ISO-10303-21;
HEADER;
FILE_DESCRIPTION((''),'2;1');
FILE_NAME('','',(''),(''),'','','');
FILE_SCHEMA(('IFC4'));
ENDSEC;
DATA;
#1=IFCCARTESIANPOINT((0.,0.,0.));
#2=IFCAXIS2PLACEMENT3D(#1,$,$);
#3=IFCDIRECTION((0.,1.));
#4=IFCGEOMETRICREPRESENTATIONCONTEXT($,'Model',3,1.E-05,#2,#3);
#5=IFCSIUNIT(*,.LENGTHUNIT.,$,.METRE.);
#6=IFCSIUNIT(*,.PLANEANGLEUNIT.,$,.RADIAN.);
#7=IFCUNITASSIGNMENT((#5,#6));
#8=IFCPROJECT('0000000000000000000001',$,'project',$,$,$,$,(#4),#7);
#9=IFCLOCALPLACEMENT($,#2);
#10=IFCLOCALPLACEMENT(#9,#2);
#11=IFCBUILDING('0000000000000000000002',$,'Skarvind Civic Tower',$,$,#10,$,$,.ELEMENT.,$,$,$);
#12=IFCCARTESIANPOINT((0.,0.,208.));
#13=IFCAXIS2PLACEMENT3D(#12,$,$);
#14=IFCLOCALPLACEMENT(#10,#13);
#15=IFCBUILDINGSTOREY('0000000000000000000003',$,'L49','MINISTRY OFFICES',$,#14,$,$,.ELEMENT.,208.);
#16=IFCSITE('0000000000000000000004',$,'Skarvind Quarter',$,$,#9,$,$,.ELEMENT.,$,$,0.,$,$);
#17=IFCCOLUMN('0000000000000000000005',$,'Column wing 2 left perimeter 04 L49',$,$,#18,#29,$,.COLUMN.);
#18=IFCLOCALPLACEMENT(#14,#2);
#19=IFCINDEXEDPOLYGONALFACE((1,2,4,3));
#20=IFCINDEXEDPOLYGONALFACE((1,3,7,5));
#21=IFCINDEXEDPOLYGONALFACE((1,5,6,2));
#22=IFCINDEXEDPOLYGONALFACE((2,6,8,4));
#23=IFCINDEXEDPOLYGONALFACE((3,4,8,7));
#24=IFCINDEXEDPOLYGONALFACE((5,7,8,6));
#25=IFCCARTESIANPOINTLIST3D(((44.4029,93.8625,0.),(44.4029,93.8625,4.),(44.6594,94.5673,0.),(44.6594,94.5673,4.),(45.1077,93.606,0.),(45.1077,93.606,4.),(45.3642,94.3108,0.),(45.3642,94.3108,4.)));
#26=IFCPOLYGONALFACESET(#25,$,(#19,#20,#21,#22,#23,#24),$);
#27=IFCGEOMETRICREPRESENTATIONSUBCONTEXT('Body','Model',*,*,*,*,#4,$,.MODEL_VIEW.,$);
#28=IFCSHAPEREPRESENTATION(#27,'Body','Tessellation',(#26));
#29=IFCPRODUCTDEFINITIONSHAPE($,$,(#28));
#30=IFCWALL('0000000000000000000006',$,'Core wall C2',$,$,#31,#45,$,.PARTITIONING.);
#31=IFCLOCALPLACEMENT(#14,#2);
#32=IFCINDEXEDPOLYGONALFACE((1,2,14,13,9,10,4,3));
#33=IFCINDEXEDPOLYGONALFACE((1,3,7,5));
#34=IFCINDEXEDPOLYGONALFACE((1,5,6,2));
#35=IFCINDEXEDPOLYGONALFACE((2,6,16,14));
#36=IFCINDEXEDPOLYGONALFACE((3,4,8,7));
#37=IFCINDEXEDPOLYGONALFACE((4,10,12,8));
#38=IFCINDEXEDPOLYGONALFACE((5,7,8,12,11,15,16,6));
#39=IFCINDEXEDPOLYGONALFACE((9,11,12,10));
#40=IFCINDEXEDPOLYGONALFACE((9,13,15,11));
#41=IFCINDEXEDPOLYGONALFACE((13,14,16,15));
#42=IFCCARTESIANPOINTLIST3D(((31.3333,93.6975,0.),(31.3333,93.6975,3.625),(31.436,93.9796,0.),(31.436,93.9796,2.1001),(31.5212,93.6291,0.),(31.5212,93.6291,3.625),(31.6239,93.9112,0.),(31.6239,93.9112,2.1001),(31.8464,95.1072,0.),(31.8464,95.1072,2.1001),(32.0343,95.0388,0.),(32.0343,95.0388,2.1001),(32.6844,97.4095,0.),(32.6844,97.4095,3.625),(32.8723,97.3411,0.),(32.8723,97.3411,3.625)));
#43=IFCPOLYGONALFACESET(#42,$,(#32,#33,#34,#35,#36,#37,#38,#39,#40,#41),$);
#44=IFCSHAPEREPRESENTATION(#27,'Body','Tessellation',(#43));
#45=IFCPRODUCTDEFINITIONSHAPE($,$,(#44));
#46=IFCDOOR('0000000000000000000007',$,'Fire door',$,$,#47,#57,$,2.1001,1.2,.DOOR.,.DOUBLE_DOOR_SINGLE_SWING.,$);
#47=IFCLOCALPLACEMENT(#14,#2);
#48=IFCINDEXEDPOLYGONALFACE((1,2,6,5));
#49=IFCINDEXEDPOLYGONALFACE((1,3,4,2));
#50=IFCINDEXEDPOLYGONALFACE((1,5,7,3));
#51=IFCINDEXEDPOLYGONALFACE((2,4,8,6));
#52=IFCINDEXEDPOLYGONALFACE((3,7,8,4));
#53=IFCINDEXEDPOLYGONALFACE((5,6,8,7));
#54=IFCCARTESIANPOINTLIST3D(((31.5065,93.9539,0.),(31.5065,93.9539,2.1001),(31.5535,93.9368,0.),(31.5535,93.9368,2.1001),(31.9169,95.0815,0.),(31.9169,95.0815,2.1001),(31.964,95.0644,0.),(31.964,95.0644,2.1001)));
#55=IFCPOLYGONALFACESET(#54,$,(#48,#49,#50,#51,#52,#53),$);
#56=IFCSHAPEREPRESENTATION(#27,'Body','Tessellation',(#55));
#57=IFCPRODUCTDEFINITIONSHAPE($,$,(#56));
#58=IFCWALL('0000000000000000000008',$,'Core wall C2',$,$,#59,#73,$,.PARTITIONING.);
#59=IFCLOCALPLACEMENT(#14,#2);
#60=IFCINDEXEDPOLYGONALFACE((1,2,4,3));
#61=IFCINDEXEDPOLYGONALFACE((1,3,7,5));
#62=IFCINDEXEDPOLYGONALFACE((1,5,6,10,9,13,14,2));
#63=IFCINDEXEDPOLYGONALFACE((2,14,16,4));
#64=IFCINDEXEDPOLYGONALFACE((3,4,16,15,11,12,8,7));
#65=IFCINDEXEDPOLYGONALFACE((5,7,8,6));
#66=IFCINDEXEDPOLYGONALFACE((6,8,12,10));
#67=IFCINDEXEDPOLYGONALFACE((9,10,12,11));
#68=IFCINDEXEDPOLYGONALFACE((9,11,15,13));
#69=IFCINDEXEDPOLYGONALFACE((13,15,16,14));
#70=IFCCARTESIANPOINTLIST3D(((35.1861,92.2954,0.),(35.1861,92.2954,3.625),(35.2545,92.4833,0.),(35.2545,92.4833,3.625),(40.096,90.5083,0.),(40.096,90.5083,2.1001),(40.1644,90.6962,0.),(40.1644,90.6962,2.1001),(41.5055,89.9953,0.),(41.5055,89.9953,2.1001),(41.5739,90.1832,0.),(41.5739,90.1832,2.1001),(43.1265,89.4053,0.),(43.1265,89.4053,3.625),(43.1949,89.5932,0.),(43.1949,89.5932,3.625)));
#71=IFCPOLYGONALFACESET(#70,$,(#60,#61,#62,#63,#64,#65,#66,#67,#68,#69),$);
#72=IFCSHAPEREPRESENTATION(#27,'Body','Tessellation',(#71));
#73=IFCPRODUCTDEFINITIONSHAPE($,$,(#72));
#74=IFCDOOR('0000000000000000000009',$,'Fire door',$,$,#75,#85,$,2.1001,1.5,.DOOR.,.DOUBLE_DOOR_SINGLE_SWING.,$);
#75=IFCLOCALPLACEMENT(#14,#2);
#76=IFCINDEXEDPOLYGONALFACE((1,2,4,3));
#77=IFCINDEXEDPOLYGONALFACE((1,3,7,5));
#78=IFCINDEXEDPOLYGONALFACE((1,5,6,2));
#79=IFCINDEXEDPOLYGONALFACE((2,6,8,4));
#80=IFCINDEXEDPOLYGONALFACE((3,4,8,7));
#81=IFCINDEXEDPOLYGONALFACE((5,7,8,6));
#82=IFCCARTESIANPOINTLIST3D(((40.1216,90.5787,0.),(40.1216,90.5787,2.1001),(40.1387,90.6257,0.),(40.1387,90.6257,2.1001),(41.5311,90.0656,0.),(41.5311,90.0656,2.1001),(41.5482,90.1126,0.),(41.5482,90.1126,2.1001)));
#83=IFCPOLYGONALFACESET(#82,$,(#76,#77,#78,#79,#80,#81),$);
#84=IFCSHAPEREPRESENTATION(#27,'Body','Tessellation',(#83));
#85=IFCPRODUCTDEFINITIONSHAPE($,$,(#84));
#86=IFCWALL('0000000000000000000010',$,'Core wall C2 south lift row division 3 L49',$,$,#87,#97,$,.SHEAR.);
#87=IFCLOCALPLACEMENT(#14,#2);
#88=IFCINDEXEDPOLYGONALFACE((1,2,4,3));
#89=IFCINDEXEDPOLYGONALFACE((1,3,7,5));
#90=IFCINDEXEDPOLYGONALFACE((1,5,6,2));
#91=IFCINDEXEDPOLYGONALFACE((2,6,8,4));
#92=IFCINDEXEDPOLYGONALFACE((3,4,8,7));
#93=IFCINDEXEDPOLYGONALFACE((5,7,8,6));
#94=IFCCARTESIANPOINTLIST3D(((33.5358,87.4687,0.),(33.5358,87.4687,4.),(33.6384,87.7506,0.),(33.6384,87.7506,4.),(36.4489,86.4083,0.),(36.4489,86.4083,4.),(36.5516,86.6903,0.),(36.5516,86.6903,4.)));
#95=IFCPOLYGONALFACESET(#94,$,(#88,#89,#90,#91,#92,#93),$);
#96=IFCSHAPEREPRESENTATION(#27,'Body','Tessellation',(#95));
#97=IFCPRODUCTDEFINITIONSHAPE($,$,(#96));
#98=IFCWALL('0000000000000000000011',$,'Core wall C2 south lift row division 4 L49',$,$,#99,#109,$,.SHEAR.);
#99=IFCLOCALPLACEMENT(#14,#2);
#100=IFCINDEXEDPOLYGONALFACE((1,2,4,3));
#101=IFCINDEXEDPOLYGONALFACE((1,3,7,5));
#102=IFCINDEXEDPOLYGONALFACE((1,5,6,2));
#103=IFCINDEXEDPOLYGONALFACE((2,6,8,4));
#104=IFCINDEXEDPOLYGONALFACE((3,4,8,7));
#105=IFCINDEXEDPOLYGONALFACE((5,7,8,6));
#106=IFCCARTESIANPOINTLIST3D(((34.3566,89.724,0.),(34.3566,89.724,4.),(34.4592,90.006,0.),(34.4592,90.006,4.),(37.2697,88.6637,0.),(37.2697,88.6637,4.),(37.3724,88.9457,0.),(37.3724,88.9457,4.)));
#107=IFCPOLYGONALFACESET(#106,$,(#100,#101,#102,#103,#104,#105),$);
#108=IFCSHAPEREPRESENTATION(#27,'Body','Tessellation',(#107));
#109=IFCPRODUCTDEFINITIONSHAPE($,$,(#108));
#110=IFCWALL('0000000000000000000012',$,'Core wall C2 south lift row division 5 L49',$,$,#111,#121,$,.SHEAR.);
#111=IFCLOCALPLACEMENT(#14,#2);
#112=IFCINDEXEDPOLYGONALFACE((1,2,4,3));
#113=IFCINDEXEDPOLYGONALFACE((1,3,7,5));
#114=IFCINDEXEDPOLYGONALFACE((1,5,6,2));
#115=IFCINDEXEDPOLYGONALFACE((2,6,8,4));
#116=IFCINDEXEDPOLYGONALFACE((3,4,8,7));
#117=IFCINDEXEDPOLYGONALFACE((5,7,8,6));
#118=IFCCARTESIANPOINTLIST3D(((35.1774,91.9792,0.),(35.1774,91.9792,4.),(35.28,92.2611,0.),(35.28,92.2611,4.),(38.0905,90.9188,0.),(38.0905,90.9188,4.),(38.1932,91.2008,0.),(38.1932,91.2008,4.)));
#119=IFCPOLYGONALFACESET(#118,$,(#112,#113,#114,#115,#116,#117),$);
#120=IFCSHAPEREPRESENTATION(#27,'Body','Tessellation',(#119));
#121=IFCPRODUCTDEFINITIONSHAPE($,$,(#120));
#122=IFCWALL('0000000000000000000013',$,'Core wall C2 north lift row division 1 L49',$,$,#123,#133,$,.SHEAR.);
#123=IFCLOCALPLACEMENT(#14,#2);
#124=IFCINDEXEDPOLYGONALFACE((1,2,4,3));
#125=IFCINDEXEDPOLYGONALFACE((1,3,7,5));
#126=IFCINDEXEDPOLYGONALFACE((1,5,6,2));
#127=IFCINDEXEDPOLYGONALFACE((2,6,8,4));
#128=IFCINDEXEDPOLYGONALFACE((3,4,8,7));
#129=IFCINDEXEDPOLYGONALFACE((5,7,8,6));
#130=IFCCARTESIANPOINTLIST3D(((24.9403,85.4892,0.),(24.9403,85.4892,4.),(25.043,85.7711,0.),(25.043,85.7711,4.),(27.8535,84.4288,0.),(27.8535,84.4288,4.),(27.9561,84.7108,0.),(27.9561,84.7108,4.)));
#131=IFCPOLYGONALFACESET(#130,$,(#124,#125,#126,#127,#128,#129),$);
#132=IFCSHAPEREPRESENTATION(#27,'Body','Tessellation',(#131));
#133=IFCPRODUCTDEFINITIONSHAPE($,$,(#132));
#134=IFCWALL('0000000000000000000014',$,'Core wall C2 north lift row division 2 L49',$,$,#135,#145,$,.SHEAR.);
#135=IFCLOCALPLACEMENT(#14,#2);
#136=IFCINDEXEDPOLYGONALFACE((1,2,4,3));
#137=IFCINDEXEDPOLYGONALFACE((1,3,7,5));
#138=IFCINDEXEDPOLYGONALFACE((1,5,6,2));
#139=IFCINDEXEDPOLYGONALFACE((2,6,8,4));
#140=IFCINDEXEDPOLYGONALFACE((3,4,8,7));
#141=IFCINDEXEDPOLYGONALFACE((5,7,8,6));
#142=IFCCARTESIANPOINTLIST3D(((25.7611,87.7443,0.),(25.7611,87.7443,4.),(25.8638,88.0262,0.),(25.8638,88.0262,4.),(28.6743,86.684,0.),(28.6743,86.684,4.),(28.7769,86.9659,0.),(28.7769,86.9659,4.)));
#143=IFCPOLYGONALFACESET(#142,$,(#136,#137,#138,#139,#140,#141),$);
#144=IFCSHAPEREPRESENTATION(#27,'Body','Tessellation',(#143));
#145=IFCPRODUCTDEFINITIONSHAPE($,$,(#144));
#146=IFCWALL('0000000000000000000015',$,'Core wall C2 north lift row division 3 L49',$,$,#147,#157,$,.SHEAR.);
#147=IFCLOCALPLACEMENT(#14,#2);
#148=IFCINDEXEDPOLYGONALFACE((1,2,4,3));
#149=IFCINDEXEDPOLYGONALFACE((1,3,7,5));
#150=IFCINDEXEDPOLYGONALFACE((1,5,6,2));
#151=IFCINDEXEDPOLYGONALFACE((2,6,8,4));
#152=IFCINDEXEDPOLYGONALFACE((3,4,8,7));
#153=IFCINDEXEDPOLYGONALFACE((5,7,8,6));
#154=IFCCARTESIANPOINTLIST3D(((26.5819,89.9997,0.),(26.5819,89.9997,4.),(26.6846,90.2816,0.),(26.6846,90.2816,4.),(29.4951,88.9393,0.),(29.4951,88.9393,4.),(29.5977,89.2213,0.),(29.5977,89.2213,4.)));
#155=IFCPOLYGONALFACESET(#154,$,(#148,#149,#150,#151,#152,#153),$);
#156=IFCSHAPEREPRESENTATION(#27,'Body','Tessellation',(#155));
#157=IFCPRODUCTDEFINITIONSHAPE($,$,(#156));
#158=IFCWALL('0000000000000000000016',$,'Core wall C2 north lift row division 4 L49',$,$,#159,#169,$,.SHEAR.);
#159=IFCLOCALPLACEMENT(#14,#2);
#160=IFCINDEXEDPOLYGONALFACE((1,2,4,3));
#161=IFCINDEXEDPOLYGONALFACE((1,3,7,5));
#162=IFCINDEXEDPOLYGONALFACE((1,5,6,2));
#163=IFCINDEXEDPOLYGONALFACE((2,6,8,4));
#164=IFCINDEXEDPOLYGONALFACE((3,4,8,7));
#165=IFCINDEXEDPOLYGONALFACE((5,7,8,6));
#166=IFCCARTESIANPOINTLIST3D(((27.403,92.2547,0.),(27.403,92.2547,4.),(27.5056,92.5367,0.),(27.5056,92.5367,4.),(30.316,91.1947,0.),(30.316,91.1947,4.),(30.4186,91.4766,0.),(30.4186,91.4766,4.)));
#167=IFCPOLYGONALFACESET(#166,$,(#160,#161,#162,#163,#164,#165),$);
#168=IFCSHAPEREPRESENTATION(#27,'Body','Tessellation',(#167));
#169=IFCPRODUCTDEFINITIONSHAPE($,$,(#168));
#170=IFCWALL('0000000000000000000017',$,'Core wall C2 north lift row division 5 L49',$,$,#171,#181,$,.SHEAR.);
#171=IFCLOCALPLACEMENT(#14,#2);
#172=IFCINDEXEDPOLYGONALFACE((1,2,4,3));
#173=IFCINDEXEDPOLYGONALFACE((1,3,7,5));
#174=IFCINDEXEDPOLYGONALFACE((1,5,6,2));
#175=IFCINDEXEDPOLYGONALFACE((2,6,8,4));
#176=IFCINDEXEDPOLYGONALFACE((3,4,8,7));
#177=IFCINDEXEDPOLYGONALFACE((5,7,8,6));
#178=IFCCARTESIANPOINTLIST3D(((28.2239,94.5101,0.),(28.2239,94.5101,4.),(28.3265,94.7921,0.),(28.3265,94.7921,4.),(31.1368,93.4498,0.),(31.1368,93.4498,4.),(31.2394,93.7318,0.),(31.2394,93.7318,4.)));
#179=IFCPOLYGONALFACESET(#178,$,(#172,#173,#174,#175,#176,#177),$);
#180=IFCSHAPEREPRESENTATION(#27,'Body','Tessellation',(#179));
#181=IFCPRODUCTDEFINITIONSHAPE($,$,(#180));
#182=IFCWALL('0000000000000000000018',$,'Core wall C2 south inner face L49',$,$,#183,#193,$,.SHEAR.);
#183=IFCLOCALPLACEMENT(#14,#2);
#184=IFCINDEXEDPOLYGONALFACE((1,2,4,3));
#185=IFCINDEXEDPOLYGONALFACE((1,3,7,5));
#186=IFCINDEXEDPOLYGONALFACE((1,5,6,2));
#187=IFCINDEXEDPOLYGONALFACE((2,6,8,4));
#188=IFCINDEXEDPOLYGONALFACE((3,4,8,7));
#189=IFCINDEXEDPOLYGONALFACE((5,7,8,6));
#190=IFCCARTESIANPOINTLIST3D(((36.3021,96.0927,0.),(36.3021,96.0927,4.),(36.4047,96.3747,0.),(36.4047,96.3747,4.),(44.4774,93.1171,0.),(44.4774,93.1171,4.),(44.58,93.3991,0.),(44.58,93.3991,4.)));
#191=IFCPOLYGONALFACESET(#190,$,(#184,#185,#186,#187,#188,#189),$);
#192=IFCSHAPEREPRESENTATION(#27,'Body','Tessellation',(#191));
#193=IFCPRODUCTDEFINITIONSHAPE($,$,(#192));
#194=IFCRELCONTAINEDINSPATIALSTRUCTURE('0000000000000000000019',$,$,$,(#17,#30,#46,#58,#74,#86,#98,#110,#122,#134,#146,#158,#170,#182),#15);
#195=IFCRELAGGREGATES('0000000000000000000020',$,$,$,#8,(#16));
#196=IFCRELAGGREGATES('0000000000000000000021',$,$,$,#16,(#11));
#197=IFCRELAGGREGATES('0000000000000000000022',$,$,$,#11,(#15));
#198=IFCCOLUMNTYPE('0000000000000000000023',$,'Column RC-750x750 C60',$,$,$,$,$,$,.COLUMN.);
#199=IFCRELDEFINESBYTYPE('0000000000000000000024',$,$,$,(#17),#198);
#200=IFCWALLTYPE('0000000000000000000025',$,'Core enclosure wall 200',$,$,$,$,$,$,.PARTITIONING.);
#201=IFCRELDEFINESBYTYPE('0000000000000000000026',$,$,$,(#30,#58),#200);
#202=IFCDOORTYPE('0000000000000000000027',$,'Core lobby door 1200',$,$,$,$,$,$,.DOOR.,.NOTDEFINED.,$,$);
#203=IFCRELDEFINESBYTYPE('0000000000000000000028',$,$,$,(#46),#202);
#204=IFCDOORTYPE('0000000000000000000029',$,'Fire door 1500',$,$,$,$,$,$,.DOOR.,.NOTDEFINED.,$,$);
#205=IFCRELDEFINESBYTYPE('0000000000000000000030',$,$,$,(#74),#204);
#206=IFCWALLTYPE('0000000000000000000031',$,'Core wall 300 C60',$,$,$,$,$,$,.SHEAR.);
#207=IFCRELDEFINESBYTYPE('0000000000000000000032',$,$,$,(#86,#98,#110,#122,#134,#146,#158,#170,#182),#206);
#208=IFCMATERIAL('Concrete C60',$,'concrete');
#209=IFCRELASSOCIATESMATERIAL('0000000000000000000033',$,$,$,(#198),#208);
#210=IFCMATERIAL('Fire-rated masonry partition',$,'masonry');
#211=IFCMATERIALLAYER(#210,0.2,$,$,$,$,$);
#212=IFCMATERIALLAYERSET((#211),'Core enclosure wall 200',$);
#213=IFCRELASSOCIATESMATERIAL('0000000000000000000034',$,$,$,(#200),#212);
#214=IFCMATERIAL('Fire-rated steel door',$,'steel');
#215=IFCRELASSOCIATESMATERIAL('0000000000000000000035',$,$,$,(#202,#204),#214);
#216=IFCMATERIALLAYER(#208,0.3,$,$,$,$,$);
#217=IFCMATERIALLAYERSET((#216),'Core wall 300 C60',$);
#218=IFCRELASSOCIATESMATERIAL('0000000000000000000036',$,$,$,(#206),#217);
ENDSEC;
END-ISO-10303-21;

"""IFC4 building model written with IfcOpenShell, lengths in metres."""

from ifc_helpers import new_model, si_unit, direction, frame, frame_2d, origin, origin_2d, place, context, subcontext, project, spatial, rectangle, extrude, material, layer, layer_set, material_profile, profile_set, type_object, element, fill, save


model = new_model("IFC4")

# Units and contexts
model_context = context("Model", 3, precision=1e-05, world=origin(), true_north=direction((0.0, 1.0)))
body_context = subcontext(model_context, "Body", "Model", "MODEL_VIEW")
ifc_project = project(units=[si_unit("LENGTHUNIT", "METRE"), si_unit("PLANEANGLEUNIT", "RADIAN")], contexts=[model_context])

# Site, building, storey
site_placement = place(None, origin())
site = spatial("IfcSite", under=ifc_project, at=site_placement, Name="Skarvind Quarter", CompositionType="ELEMENT", RefElevation=0.0)
building_placement = place(site_placement, origin())
building = spatial("IfcBuilding", under=site, at=building_placement, Name="Skarvind Civic Tower", CompositionType="ELEMENT")
storey_placement = place(building_placement, frame((0.0, 0.0, 208.0)))
storey = spatial("IfcBuildingStorey", under=building, at=storey_placement, Name="L49", Description="MINISTRY OFFICES", CompositionType="ELEMENT", Elevation=208.0)

# Column
ifc_material_1 = material(Name="Concrete C60", Category="concrete")
ifc_material_profile = material_profile(ifc_material_1, rectangle(XDim=0.75, YDim=0.75, at=origin_2d()), Name="RC-750x750")
ifc_profile_set = profile_set([ifc_material_profile], Name="Concrete C60")
column_type = type_object("IfcColumnType", Name="Column RC-750x750 C60", PredefinedType="COLUMN", material=ifc_profile_set)
column_placement = place(storey_placement, frame((44.8835, 94.0867, 0.0), z_axis=(0.0, 0.0, 1.0), x_axis=(-0.34202, -0.939693, 0.0)))
element("IfcColumn", 1, at=column_placement, inside=storey, type_object=column_type, Name="Column wing 2 left perimeter 04 L49", PredefinedType="COLUMN", context=body_context, shape_type="SweptSolid", body=[
    extrude(rectangle(XDim=0.75, YDim=0.75, at=origin_2d()), origin(), (0.0, 0.0, 1.0), 4.0),
])

# Walls, openings, doors
ifc_material_2 = material(Name="Fire-rated masonry partition", Category="masonry")
ifc_layer_1 = layer(ifc_material_2, 0.2)
ifc_layer_set_1 = layer_set([ifc_layer_1], Name="Core enclosure wall 200")
wall_type_1 = type_object("IfcWallType", Name="Core enclosure wall 200", PredefinedType="PARTITIONING", material=ifc_layer_set_1)
wall_1_placement = place(storey_placement, frame((31.4272, 93.6633, 0.0), z_axis=(0.0, 0.0, 1.0), x_axis=(0.342031, 0.939689, 0.0)))
wall_1 = element("IfcWall", 2, at=wall_1_placement, inside=storey, type_object=wall_type_1, Name="Core wall C2", PredefinedType="PARTITIONING", context=body_context, shape_type="SweptSolid", body=[
    extrude(rectangle(XDim=3.9502, YDim=0.2, at=frame_2d((1.9751, 0.0))), origin(), (0.0, 0.0, 1.0), 3.625),
])
opening_1_placement = place(wall_1_placement, frame((0.3, 0.0, 0.0)))
opening_1 = element("IfcOpeningElement", 3, at=opening_1_placement, cuts=wall_1, PredefinedType="OPENING", context=body_context, shape_type="SweptSolid", body=[
    extrude(rectangle(XDim=1.2, YDim=2.1001, at=frame_2d((0.6001, 1.05))), frame((0.0, 0.1099, 0.0), z_axis=(0.0, -1.0, 0.0), x_axis=(1.0, 0.0, 0.0)), (0.0, 0.0, 1.0), 0.22),
])
ifc_material_3 = material(Name="Fire-rated steel door", Category="steel")
door_type_1 = type_object("IfcDoorType", Name="Core lobby door 1200", OperationType="NOTDEFINED", PredefinedType="DOOR", material=ifc_material_3)
door_1_placement = place(opening_1_placement, origin())
door_1 = element("IfcDoor", 4, at=door_1_placement, inside=storey, type_object=door_type_1, Name="Fire door", OperationType="DOUBLE_DOOR_SINGLE_SWING", OverallHeight=2.1001, OverallWidth=1.2, PredefinedType="DOOR", context=body_context, shape_type="SweptSolid", body=[
    extrude(rectangle(XDim=1.2, YDim=2.1001, at=frame_2d((0.6001, 1.05))), frame((0.0, 0.0249, 0.0), z_axis=(0.0, -1.0, 0.0), x_axis=(1.0, 0.0, 0.0)), (0.0, 0.0, 1.0), 0.05),
])
fill(opening_1, door_1)
wall_2_placement = place(storey_placement, frame((35.2202, 92.3894, 0.0), z_axis=(0.0, 0.0, 1.0), x_axis=(0.93969, -0.342026, 0.0)))
wall_2 = element("IfcWall", 5, at=wall_2_placement, inside=storey, type_object=wall_type_1, Name="Core wall C2", PredefinedType="PARTITIONING", context=body_context, shape_type="SweptSolid", body=[
    extrude(rectangle(XDim=8.45, YDim=0.2, at=frame_2d((4.2251, 0.0))), origin(), (0.0, 0.0, 1.0), 3.625),
])
opening_2_placement = place(wall_2_placement, frame((5.2251, 0.0, 0.0)))
opening_2 = element("IfcOpeningElement", 6, at=opening_2_placement, cuts=wall_2, PredefinedType="OPENING", context=body_context, shape_type="SweptSolid", body=[
    extrude(rectangle(XDim=1.5, YDim=2.1001, at=frame_2d((0.75, 1.05))), frame((0.0, 0.1099, 0.0), z_axis=(0.0, -1.0, 0.0), x_axis=(1.0, 0.0, 0.0)), (0.0, 0.0, 1.0), 0.22),
])
door_type_2 = type_object("IfcDoorType", Name="Fire door 1500", OperationType="NOTDEFINED", PredefinedType="DOOR", material=ifc_material_3)
door_2_placement = place(opening_2_placement, origin())
door_2 = element("IfcDoor", 7, at=door_2_placement, inside=storey, type_object=door_type_2, Name="Fire door", OperationType="DOUBLE_DOOR_SINGLE_SWING", OverallHeight=2.1001, OverallWidth=1.5, PredefinedType="DOOR", context=body_context, shape_type="SweptSolid", body=[
    extrude(rectangle(XDim=1.5, YDim=2.1001, at=frame_2d((0.75, 1.05))), frame((0.0, 0.0249, 0.0), z_axis=(0.0, -1.0, 0.0), x_axis=(1.0, 0.0, 0.0)), (0.0, 0.0, 1.0), 0.05),
])
fill(opening_2, door_2)

# Walls
ifc_layer_2 = layer(ifc_material_1, 0.3)
ifc_layer_set_2 = layer_set([ifc_layer_2], Name="Core wall 300 C60")
wall_type_2 = type_object("IfcWallType", Name="Core wall 300 C60", PredefinedType="SHEAR", material=ifc_layer_set_2)
for number, where, z_axis, x_axis, name in (
    (8, (36.5002, 86.5493, 0.0), (0.0, 0.0, 1.0), (-0.93969, 0.342028, 0.0), "Core wall C2 south lift row division 3 L49"),
    (9, (37.321, 88.8047, 0.0), (0.0, 0.0, 1.0), (-0.93969, 0.342028, 0.0), "Core wall C2 south lift row division 4 L49"),
    (10, (38.1418, 91.0598, 0.0), (0.0, 0.0, 1.0), (-0.93969, 0.342028, 0.0), "Core wall C2 south lift row division 5 L49"),
    (11, (27.9048, 84.5698, 0.0), (0.0, 0.0, 1.0), (-0.93969, 0.342028, 0.0), "Core wall C2 north lift row division 1 L49"),
    (12, (28.7256, 86.825, 0.0), (0.0, 0.0, 1.0), (-0.93969, 0.342028, 0.0), "Core wall C2 north lift row division 2 L49"),
    (13, (29.5464, 89.0803, 0.0), (0.0, 0.0, 1.0), (-0.93969, 0.342028, 0.0), "Core wall C2 north lift row division 3 L49"),
):
    element("IfcWall", number, at=place(storey_placement, frame(where, z_axis=z_axis, x_axis=x_axis)), inside=storey, type_object=wall_type_2, Name=name, PredefinedType="SHEAR", context=body_context, shape_type="SweptSolid", body=[
        extrude(rectangle(XDim=3.1001, YDim=0.3, at=frame_2d((1.55, 0.0))), origin(), (0.0, 0.0, 1.0), 4.0),
    ])
for number, where, z_axis, x_axis, name in (
    (14, (30.3672, 91.3357, 0.0), (0.0, 0.0, 1.0), (-0.939715, 0.341958, 0.0), "Core wall C2 north lift row division 4 L49"),
    (15, (31.188, 93.5908, 0.0), (0.0, 0.0, 1.0), (-0.939681, 0.342053, 0.0), "Core wall C2 north lift row division 5 L49"),
):
    element("IfcWall", number, at=place(storey_placement, frame(where, z_axis=z_axis, x_axis=x_axis)), inside=storey, type_object=wall_type_2, Name=name, PredefinedType="SHEAR", context=body_context, shape_type="SweptSolid", body=[
        extrude(rectangle(XDim=3.0999, YDim=0.3, at=frame_2d((1.5498, 0.0))), origin(), (0.0, 0.0, 1.0), 4.0),
    ])
wall_3_placement = place(storey_placement, frame((44.5288, 93.2581, 0.0), z_axis=(0.0, 0.0, 1.0), x_axis=(-0.939692, 0.342022, 0.0)))
element("IfcWall", 16, at=wall_3_placement, inside=storey, type_object=wall_type_2, Name="Core wall C2 south inner face L49", PredefinedType="SHEAR", context=body_context, shape_type="SweptSolid", body=[
    extrude(rectangle(XDim=8.7, YDim=0.3, at=frame_2d((4.3501, 0.0))), origin(), (0.0, 0.0, 1.0), 4.0),
])

save(model, "model.ifc")
